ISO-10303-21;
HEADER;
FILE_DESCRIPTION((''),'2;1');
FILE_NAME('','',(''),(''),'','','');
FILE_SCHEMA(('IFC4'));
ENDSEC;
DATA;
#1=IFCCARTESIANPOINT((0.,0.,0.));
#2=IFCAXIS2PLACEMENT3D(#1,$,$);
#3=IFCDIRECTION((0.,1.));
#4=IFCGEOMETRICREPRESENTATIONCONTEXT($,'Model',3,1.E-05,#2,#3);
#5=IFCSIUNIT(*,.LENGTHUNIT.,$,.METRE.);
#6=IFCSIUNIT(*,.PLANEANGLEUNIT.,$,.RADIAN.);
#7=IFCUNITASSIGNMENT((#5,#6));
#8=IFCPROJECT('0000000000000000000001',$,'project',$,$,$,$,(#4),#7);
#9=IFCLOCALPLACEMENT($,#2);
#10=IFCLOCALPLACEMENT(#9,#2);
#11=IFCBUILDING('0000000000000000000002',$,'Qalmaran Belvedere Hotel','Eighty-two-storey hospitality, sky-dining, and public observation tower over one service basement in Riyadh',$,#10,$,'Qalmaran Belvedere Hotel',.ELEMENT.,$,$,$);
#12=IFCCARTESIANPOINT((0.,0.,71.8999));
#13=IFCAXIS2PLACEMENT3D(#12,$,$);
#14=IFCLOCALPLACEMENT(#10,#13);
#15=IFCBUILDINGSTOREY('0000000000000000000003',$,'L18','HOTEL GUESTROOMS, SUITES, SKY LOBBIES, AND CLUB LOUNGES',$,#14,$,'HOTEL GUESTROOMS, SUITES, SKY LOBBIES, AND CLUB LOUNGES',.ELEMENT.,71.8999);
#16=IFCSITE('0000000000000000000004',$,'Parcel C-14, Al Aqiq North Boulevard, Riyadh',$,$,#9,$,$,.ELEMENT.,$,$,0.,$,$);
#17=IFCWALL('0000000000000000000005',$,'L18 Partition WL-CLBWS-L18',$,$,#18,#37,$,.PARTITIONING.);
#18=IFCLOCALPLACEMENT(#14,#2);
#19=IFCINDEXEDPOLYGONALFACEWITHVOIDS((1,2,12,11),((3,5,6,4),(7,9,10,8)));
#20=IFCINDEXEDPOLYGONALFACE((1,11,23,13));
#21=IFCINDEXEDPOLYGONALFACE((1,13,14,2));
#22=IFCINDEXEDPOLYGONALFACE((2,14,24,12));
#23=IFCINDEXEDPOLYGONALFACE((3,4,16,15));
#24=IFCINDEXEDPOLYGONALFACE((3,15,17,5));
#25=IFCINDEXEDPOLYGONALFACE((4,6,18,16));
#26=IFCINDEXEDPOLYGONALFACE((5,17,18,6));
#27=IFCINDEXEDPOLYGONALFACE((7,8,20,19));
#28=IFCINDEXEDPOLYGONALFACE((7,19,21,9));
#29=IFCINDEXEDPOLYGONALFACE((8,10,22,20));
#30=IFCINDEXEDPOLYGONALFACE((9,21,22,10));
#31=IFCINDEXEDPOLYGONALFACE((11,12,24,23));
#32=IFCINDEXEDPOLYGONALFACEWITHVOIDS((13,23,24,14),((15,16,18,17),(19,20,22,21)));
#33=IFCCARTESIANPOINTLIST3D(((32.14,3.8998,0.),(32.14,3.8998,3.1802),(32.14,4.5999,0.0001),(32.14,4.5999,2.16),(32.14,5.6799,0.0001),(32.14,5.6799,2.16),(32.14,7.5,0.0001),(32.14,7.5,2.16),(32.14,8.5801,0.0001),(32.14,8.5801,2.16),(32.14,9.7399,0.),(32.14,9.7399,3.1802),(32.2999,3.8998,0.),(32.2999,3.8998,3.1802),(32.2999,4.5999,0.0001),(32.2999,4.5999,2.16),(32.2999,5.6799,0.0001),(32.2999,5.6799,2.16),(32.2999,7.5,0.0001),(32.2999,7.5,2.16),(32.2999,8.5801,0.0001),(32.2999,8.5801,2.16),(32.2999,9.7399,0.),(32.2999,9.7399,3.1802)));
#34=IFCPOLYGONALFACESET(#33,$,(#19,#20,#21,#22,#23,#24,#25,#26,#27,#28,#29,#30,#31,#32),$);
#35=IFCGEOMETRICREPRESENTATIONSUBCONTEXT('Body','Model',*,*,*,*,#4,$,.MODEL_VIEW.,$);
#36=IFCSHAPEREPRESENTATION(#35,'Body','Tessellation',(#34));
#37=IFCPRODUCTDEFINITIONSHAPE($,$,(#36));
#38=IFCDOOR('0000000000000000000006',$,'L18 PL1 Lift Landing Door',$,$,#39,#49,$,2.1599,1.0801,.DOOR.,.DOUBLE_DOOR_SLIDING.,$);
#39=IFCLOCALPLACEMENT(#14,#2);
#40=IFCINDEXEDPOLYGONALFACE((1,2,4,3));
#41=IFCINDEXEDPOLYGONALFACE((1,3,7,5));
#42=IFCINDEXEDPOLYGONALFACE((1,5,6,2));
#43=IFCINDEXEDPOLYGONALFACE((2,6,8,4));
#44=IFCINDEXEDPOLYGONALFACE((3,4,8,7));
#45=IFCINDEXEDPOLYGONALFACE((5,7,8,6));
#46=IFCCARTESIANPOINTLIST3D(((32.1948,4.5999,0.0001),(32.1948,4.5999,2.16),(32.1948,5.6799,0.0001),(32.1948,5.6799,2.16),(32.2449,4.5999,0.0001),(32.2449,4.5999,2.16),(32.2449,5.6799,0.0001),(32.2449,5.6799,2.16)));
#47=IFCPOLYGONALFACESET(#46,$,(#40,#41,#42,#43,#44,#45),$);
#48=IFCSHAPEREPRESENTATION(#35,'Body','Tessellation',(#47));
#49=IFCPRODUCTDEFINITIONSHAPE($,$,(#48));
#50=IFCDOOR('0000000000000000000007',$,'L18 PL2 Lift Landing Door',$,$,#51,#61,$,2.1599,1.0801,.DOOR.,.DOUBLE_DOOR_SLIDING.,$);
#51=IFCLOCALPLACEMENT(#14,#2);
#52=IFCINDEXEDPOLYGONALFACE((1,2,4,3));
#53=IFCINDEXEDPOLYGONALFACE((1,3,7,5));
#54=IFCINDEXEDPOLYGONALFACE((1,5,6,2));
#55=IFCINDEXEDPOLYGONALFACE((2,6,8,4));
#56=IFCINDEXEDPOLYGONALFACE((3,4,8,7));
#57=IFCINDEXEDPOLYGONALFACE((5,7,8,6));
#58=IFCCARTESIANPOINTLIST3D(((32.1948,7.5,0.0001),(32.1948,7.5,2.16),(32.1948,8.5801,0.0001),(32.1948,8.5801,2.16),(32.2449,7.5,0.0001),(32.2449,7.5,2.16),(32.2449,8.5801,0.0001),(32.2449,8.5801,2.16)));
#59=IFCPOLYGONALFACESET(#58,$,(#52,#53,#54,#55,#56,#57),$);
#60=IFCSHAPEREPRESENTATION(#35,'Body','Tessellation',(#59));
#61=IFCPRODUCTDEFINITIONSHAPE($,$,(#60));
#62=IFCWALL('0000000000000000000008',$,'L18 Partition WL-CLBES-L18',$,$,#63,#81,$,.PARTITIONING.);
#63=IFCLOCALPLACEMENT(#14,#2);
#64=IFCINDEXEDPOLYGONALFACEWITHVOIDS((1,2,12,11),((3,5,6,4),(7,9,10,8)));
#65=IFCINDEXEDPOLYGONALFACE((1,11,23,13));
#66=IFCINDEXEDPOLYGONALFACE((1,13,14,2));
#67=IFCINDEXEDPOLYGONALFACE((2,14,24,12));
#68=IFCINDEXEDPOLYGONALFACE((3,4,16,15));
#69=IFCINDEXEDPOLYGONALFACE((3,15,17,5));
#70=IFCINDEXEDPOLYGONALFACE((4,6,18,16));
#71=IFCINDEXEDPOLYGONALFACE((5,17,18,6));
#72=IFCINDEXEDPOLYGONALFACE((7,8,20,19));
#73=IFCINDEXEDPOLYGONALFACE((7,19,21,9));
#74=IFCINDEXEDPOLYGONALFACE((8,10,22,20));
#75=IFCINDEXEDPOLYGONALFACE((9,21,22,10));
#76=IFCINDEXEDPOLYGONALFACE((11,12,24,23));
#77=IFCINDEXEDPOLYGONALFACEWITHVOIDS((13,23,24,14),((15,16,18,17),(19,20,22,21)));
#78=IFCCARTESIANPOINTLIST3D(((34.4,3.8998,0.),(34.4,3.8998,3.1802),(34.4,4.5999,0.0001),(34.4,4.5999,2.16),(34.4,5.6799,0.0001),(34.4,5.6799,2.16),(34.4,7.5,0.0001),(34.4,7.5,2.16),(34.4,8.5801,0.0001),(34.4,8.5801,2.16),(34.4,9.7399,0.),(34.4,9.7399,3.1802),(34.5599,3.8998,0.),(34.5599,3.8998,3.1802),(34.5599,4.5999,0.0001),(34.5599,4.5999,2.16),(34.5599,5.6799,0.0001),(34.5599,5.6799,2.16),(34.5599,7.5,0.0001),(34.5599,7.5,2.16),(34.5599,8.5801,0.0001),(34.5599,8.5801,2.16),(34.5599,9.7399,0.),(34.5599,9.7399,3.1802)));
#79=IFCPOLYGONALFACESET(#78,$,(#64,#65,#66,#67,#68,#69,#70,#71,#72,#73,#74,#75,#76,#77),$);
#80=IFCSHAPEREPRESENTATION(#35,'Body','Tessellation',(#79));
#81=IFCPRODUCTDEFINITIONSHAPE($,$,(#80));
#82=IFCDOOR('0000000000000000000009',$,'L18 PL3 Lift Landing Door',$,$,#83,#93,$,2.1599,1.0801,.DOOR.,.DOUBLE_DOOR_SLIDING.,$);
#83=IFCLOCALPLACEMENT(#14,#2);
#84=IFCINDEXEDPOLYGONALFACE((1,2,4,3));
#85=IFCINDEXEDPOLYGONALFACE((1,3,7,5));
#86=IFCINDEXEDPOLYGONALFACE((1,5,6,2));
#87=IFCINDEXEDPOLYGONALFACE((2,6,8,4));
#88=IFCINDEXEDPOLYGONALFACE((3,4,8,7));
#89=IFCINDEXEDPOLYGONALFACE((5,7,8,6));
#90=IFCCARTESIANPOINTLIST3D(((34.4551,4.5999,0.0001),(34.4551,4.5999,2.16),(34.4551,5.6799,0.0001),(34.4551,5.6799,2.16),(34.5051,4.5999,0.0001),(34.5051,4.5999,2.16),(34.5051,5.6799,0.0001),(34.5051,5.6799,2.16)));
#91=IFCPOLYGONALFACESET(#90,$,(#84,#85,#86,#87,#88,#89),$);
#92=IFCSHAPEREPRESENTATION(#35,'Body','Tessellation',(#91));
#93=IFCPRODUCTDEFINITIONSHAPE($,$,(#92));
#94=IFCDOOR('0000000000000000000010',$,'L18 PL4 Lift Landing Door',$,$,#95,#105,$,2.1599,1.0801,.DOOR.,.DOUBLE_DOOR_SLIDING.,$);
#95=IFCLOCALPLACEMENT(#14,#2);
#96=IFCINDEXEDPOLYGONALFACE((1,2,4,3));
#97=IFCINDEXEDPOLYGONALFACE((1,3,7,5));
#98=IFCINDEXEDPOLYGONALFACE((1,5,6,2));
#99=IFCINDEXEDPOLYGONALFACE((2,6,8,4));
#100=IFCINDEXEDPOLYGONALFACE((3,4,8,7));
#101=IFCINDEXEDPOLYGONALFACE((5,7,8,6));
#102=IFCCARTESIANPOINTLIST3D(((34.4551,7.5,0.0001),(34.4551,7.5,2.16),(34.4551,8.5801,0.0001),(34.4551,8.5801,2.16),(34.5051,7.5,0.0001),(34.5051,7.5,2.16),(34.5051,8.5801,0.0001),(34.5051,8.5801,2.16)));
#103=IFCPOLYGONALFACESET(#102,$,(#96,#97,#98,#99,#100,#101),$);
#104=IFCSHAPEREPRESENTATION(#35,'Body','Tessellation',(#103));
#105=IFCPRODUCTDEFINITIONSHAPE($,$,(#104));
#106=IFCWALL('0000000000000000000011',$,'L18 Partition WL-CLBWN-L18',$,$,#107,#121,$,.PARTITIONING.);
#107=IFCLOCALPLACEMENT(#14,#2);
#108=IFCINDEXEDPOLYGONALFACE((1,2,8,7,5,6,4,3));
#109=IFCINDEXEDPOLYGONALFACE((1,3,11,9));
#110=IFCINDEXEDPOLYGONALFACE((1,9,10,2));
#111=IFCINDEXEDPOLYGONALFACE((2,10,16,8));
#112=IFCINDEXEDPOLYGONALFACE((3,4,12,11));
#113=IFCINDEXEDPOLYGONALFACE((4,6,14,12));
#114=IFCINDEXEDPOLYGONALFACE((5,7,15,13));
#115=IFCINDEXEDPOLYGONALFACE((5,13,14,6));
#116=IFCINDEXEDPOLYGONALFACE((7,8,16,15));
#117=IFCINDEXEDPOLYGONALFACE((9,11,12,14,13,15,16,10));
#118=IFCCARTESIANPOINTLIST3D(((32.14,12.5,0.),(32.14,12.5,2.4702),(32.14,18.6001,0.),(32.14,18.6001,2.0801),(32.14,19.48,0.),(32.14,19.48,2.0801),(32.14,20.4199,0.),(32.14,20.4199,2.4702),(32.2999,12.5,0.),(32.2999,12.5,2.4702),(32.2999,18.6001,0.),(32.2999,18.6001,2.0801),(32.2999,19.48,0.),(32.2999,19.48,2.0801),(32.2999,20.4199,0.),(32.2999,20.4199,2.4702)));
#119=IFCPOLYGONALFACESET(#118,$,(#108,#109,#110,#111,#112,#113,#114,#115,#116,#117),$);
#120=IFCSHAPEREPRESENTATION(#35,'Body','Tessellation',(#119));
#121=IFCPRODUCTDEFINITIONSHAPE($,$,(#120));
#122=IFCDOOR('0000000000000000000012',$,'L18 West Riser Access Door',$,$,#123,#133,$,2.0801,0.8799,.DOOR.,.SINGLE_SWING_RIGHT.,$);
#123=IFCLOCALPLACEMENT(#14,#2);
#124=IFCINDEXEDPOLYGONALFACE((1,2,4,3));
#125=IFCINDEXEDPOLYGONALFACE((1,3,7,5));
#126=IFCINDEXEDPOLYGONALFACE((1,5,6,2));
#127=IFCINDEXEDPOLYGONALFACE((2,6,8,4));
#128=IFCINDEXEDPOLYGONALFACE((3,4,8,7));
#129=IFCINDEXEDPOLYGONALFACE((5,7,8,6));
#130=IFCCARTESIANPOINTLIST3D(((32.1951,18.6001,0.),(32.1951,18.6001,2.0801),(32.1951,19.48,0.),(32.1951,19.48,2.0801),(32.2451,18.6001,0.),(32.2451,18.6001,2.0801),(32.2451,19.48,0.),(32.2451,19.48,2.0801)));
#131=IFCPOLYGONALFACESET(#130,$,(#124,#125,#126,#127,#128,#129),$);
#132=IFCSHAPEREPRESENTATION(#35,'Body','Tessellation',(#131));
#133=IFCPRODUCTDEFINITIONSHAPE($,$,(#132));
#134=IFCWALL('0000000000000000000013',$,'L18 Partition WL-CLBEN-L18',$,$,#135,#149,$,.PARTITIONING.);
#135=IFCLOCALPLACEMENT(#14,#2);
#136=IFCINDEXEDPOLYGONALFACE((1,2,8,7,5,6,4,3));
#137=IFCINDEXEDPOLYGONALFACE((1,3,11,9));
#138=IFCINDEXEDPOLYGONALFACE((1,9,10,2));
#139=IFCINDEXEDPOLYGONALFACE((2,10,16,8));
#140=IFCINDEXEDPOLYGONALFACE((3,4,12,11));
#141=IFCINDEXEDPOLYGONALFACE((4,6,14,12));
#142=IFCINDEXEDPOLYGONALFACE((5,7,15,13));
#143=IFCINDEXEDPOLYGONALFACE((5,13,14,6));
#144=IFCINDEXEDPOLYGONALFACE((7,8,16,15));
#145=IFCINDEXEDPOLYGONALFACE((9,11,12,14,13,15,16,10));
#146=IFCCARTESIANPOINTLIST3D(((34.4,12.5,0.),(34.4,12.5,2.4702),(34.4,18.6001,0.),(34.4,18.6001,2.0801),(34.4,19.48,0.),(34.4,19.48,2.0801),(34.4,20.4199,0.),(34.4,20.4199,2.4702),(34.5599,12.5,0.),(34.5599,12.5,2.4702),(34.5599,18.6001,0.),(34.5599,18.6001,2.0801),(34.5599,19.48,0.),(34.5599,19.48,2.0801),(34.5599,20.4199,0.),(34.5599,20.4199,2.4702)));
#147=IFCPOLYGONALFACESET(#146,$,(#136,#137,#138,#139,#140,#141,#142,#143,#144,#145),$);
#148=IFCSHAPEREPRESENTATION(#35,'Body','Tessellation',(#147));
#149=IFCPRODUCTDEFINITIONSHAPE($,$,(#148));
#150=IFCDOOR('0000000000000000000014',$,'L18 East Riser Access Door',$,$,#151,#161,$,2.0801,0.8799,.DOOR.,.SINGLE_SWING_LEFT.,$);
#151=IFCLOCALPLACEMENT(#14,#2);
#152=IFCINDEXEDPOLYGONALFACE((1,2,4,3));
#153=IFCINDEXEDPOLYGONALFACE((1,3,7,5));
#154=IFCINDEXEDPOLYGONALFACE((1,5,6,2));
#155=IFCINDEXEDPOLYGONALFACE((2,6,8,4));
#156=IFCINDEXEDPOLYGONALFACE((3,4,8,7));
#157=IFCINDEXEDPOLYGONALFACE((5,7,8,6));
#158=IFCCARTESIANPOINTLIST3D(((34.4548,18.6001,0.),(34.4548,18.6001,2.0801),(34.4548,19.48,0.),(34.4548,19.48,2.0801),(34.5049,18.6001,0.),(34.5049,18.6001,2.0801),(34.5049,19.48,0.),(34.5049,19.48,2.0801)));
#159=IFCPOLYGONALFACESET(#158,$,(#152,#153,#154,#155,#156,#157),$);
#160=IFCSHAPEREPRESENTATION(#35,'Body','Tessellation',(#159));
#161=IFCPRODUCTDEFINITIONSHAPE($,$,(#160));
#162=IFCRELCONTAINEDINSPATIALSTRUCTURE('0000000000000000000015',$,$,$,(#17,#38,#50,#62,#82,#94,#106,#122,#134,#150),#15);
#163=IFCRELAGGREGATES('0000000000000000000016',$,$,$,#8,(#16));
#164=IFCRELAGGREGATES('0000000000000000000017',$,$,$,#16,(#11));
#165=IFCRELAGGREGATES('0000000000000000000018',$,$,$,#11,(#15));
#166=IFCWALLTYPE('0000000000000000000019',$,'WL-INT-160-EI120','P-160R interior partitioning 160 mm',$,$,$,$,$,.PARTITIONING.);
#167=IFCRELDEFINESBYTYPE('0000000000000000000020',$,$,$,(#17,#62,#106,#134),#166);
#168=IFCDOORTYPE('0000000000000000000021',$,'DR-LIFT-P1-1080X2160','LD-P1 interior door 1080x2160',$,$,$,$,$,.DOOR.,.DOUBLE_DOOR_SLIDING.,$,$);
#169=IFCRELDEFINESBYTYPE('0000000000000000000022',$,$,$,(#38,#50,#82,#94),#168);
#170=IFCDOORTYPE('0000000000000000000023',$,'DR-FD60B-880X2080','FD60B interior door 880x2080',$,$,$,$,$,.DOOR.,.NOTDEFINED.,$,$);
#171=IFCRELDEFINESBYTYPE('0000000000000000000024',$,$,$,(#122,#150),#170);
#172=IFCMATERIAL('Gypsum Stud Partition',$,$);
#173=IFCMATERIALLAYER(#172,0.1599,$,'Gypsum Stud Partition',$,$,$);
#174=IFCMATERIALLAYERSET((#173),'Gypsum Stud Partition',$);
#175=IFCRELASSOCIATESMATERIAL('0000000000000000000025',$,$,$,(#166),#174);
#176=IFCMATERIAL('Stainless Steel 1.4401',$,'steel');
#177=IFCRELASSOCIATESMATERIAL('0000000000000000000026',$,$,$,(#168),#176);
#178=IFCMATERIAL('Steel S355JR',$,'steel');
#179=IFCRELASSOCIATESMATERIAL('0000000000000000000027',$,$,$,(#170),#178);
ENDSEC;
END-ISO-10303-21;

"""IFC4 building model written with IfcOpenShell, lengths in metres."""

from ifc_helpers import new_model, si_unit, direction, frame, frame_2d, origin, place, context, subcontext, project, spatial, rectangle, extrude, material, layer, layer_set, type_object, element, fill, save


model = new_model("IFC4")

# Units and contexts
model_context = context("Model", 3, precision=1e-05, world=origin(), true_north=direction((0.0, 1.0)))
body_context = subcontext(model_context, "Body", "Model", "MODEL_VIEW")
ifc_project = project(units=[si_unit("LENGTHUNIT", "METRE"), si_unit("PLANEANGLEUNIT", "RADIAN")], contexts=[model_context])

# Site, building, storey
site_placement = place(None, origin())
site = spatial("IfcSite", under=ifc_project, at=site_placement, Name="Parcel C-14, Al Aqiq North Boulevard, Riyadh", CompositionType="ELEMENT", RefElevation=0.0)
building_placement = place(site_placement, origin())
building = spatial("IfcBuilding", under=site, at=building_placement, Name="Qalmaran Belvedere Hotel", Description="Eighty-two-storey hospitality, sky-dining, and public observation tower over one service basement in Riyadh", LongName="Qalmaran Belvedere Hotel", CompositionType="ELEMENT")
storey_placement = place(building_placement, frame((0.0, 0.0, 71.8999)))
storey = spatial("IfcBuildingStorey", under=building, at=storey_placement, Name="L18", Description="HOTEL GUESTROOMS, SUITES, SKY LOBBIES, AND CLUB LOUNGES", LongName="HOTEL GUESTROOMS, SUITES, SKY LOBBIES, AND CLUB LOUNGES", CompositionType="ELEMENT", Elevation=71.8999)

# Shared definitions
ifc_material_1 = material(Name="Steel S355JR", Category="steel")

# Shared definitions
ifc_material_2 = material(Name="Gypsum Stud Partition")
ifc_layer_1 = layer(ifc_material_2, 0.1599, Name="Gypsum Stud Partition")
ifc_layer_set_1 = layer_set([ifc_layer_1], Name="Gypsum Stud Partition")
wall_type_1 = type_object("IfcWallType", Name="WL-INT-160-EI120", Description="P-160R interior partitioning 160 mm", PredefinedType="PARTITIONING", material=ifc_layer_set_1)

# Walls, openings, doors
wall_1_placement = place(storey_placement, frame((32.22, 3.8999, 0.0), z_axis=(0.0, 0.0, 1.0), x_axis=(0.0, 1.0, 0.0)))
wall_1 = element("IfcWall", 1, at=wall_1_placement, inside=storey, type_object=wall_type_1, Name="L18 Partition WL-CLBWS-L18", PredefinedType="PARTITIONING", context=body_context, shape_type="SweptSolid", body=[
    extrude(rectangle(XDim=5.8401, YDim=0.1599, at=frame_2d((2.9199, 0.0))), origin(), (0.0, 0.0, 1.0), 3.1802),
])
opening_1_placement = place(wall_1_placement, frame((1.78, 0.0, 0.0), z_axis=(0.0, 0.0, 1.0), x_axis=(-1.0, 0.0, 0.0)))
opening_1 = element("IfcOpeningElement", 2, at=opening_1_placement, cuts=wall_1, PredefinedType="OPENING", context=body_context, shape_type="SweptSolid", body=[
    extrude(rectangle(XDim=1.0801, YDim=2.1599, at=frame_2d((0.54, 1.0801))), frame((0.0, 0.0898, 0.0), z_axis=(0.0, -1.0, 0.0), x_axis=(1.0, 0.0, 0.0)), (0.0, 0.0, 1.0), 0.1799),
])
opening_2_placement = place(wall_1_placement, frame((4.6802, 0.0, 0.0), z_axis=(0.0, 0.0, 1.0), x_axis=(-1.0, 0.0, 0.0)))
opening_2 = element("IfcOpeningElement", 3, at=opening_2_placement, cuts=wall_1, PredefinedType="OPENING", context=body_context, shape_type="SweptSolid", body=[
    extrude(rectangle(XDim=1.0801, YDim=2.1599, at=frame_2d((0.54, 1.0801))), frame((0.0, 0.0898, 0.0), z_axis=(0.0, -1.0, 0.0), x_axis=(1.0, 0.0, 0.0)), (0.0, 0.0, 1.0), 0.1799),
])
ifc_material_3 = material(Name="Stainless Steel 1.4401", Category="steel")
door_type_1 = type_object("IfcDoorType", Name="DR-LIFT-P1-1080X2160", Description="LD-P1 interior door 1080x2160", OperationType="DOUBLE_DOOR_SLIDING", PredefinedType="DOOR", material=ifc_material_3)
door_1_placement = place(opening_1_placement, origin())
door_1 = element("IfcDoor", 4, at=door_1_placement, inside=storey, type_object=door_type_1, Name="L18 PL1 Lift Landing Door", OperationType="DOUBLE_DOOR_SLIDING", OverallHeight=2.1599, OverallWidth=1.0801, PredefinedType="DOOR", context=body_context, shape_type="SweptSolid", body=[
    extrude(rectangle(XDim=1.0801, YDim=2.1599, at=frame_2d((0.54, 1.0801))), frame((0.0, 0.0249, 0.0), z_axis=(0.0, -1.0, 0.0), x_axis=(1.0, 0.0, 0.0)), (0.0, 0.0, 1.0), 0.05),
])
fill(opening_1, door_1)
door_2_placement = place(opening_2_placement, origin())
door_2 = element("IfcDoor", 5, at=door_2_placement, inside=storey, type_object=door_type_1, Name="L18 PL2 Lift Landing Door", OperationType="DOUBLE_DOOR_SLIDING", OverallHeight=2.1599, OverallWidth=1.0801, PredefinedType="DOOR", context=body_context, shape_type="SweptSolid", body=[
    extrude(rectangle(XDim=1.0801, YDim=2.1599, at=frame_2d((0.54, 1.0801))), frame((0.0, 0.0249, 0.0), z_axis=(0.0, -1.0, 0.0), x_axis=(1.0, 0.0, 0.0)), (0.0, 0.0, 1.0), 0.05),
])
fill(opening_2, door_2)
wall_2_placement = place(storey_placement, frame((34.48, 3.8999, 0.0), z_axis=(0.0, 0.0, 1.0), x_axis=(0.0, 1.0, 0.0)))
wall_2 = element("IfcWall", 6, at=wall_2_placement, inside=storey, type_object=wall_type_1, Name="L18 Partition WL-CLBES-L18", PredefinedType="PARTITIONING", context=body_context, shape_type="SweptSolid", body=[
    extrude(rectangle(XDim=5.8401, YDim=0.1599, at=frame_2d((2.9199, 0.0))), origin(), (0.0, 0.0, 1.0), 3.1802),
])
opening_3_placement = place(wall_2_placement, frame((0.7, 0.0, 0.0)))
opening_3 = element("IfcOpeningElement", 7, at=opening_3_placement, cuts=wall_2, PredefinedType="OPENING", context=body_context, shape_type="SweptSolid", body=[
    extrude(rectangle(XDim=1.0801, YDim=2.1599, at=frame_2d((0.54, 1.0801))), frame((0.0, 0.0898, 0.0), z_axis=(0.0, -1.0, 0.0), x_axis=(1.0, 0.0, 0.0)), (0.0, 0.0, 1.0), 0.1799),
])
opening_4_placement = place(wall_2_placement, frame((3.6001, 0.0, 0.0)))
opening_4 = element("IfcOpeningElement", 8, at=opening_4_placement, cuts=wall_2, PredefinedType="OPENING", context=body_context, shape_type="SweptSolid", body=[
    extrude(rectangle(XDim=1.0801, YDim=2.1599, at=frame_2d((0.54, 1.0801))), frame((0.0, 0.0898, 0.0), z_axis=(0.0, -1.0, 0.0), x_axis=(1.0, 0.0, 0.0)), (0.0, 0.0, 1.0), 0.1799),
])
door_3_placement = place(opening_3_placement, origin())
door_3 = element("IfcDoor", 9, at=door_3_placement, inside=storey, type_object=door_type_1, Name="L18 PL3 Lift Landing Door", OperationType="DOUBLE_DOOR_SLIDING", OverallHeight=2.1599, OverallWidth=1.0801, PredefinedType="DOOR", context=body_context, shape_type="SweptSolid", body=[
    extrude(rectangle(XDim=1.0801, YDim=2.1599, at=frame_2d((0.54, 1.0801))), frame((0.0, 0.0249, 0.0), z_axis=(0.0, -1.0, 0.0), x_axis=(1.0, 0.0, 0.0)), (0.0, 0.0, 1.0), 0.05),
])
fill(opening_3, door_3)
door_4_placement = place(opening_4_placement, origin())
door_4 = element("IfcDoor", 10, at=door_4_placement, inside=storey, type_object=door_type_1, Name="L18 PL4 Lift Landing Door", OperationType="DOUBLE_DOOR_SLIDING", OverallHeight=2.1599, OverallWidth=1.0801, PredefinedType="DOOR", context=body_context, shape_type="SweptSolid", body=[
    extrude(rectangle(XDim=1.0801, YDim=2.1599, at=frame_2d((0.54, 1.0801))), frame((0.0, 0.0249, 0.0), z_axis=(0.0, -1.0, 0.0), x_axis=(1.0, 0.0, 0.0)), (0.0, 0.0, 1.0), 0.05),
])
fill(opening_4, door_4)

# Walls, openings, doors
wall_3_placement = place(storey_placement, frame((32.22, 12.5, 0.0), z_axis=(0.0, 0.0, 1.0), x_axis=(0.0, 1.0, 0.0)))
wall_3 = element("IfcWall", 11, at=wall_3_placement, inside=storey, type_object=wall_type_1, Name="L18 Partition WL-CLBWN-L18", PredefinedType="PARTITIONING", context=body_context, shape_type="SweptSolid", body=[
    extrude(rectangle(XDim=7.9199, YDim=0.1599, at=frame_2d((3.96, 0.0))), origin(), (0.0, 0.0, 1.0), 2.4702),
])
opening_5_placement = place(wall_3_placement, frame((6.1001, 0.0, 0.0)))
opening_5 = element("IfcOpeningElement", 12, at=opening_5_placement, cuts=wall_3, PredefinedType="OPENING", context=body_context, shape_type="SweptSolid", body=[
    extrude(rectangle(XDim=0.8799, YDim=2.0801, at=frame_2d((0.4399, 1.04))), frame((0.0, 0.0898, 0.0), z_axis=(0.0, -1.0, 0.0), x_axis=(1.0, 0.0, 0.0)), (0.0, 0.0, 1.0), 0.1799),
])
door_type_2 = type_object("IfcDoorType", Name="DR-FD60B-880X2080", Description="FD60B interior door 880x2080", OperationType="NOTDEFINED", PredefinedType="DOOR", material=ifc_material_1)
door_5_placement = place(opening_5_placement, origin())
door_5 = element("IfcDoor", 13, at=door_5_placement, inside=storey, type_object=door_type_2, Name="L18 West Riser Access Door", OperationType="SINGLE_SWING_RIGHT", OverallHeight=2.0801, OverallWidth=0.8799, PredefinedType="DOOR", context=body_context, shape_type="SweptSolid", body=[
    extrude(rectangle(XDim=0.8799, YDim=2.0801, at=frame_2d((0.4399, 1.04))), frame((0.0, 0.0249, 0.0), z_axis=(0.0, -1.0, 0.0), x_axis=(1.0, 0.0, 0.0)), (0.0, 0.0, 1.0), 0.05),
])
fill(opening_5, door_5)
wall_4_placement = place(storey_placement, frame((34.48, 12.5, 0.0), z_axis=(0.0, 0.0, 1.0), x_axis=(0.0, 1.0, 0.0)))
wall_4 = element("IfcWall", 14, at=wall_4_placement, inside=storey, type_object=wall_type_1, Name="L18 Partition WL-CLBEN-L18", PredefinedType="PARTITIONING", context=body_context, shape_type="SweptSolid", body=[
    extrude(rectangle(XDim=7.9199, YDim=0.1599, at=frame_2d((3.96, 0.0))), origin(), (0.0, 0.0, 1.0), 2.4702),
])
opening_6_placement = place(wall_4_placement, frame((6.98, 0.0, 0.0), z_axis=(0.0, 0.0, 1.0), x_axis=(-1.0, 0.0, 0.0)))
opening_6 = element("IfcOpeningElement", 15, at=opening_6_placement, cuts=wall_4, PredefinedType="OPENING", context=body_context, shape_type="SweptSolid", body=[
    extrude(rectangle(XDim=0.8799, YDim=2.0801, at=frame_2d((0.4399, 1.04))), frame((0.0, 0.0898, 0.0), z_axis=(0.0, -1.0, 0.0), x_axis=(1.0, 0.0, 0.0)), (0.0, 0.0, 1.0), 0.1799),
])
door_6_placement = place(opening_6_placement, origin())
door_6 = element("IfcDoor", 16, at=door_6_placement, inside=storey, type_object=door_type_2, Name="L18 East Riser Access Door", OperationType="SINGLE_SWING_LEFT", OverallHeight=2.0801, OverallWidth=0.8799, PredefinedType="DOOR", context=body_context, shape_type="SweptSolid", body=[
    extrude(rectangle(XDim=0.8799, YDim=2.0801, at=frame_2d((0.4399, 1.04))), frame((0.0, 0.0249, 0.0), z_axis=(0.0, -1.0, 0.0), x_axis=(1.0, 0.0, 0.0)), (0.0, 0.0, 1.0), 0.05),
])
fill(opening_6, door_6)

save(model, "model.ifc")
